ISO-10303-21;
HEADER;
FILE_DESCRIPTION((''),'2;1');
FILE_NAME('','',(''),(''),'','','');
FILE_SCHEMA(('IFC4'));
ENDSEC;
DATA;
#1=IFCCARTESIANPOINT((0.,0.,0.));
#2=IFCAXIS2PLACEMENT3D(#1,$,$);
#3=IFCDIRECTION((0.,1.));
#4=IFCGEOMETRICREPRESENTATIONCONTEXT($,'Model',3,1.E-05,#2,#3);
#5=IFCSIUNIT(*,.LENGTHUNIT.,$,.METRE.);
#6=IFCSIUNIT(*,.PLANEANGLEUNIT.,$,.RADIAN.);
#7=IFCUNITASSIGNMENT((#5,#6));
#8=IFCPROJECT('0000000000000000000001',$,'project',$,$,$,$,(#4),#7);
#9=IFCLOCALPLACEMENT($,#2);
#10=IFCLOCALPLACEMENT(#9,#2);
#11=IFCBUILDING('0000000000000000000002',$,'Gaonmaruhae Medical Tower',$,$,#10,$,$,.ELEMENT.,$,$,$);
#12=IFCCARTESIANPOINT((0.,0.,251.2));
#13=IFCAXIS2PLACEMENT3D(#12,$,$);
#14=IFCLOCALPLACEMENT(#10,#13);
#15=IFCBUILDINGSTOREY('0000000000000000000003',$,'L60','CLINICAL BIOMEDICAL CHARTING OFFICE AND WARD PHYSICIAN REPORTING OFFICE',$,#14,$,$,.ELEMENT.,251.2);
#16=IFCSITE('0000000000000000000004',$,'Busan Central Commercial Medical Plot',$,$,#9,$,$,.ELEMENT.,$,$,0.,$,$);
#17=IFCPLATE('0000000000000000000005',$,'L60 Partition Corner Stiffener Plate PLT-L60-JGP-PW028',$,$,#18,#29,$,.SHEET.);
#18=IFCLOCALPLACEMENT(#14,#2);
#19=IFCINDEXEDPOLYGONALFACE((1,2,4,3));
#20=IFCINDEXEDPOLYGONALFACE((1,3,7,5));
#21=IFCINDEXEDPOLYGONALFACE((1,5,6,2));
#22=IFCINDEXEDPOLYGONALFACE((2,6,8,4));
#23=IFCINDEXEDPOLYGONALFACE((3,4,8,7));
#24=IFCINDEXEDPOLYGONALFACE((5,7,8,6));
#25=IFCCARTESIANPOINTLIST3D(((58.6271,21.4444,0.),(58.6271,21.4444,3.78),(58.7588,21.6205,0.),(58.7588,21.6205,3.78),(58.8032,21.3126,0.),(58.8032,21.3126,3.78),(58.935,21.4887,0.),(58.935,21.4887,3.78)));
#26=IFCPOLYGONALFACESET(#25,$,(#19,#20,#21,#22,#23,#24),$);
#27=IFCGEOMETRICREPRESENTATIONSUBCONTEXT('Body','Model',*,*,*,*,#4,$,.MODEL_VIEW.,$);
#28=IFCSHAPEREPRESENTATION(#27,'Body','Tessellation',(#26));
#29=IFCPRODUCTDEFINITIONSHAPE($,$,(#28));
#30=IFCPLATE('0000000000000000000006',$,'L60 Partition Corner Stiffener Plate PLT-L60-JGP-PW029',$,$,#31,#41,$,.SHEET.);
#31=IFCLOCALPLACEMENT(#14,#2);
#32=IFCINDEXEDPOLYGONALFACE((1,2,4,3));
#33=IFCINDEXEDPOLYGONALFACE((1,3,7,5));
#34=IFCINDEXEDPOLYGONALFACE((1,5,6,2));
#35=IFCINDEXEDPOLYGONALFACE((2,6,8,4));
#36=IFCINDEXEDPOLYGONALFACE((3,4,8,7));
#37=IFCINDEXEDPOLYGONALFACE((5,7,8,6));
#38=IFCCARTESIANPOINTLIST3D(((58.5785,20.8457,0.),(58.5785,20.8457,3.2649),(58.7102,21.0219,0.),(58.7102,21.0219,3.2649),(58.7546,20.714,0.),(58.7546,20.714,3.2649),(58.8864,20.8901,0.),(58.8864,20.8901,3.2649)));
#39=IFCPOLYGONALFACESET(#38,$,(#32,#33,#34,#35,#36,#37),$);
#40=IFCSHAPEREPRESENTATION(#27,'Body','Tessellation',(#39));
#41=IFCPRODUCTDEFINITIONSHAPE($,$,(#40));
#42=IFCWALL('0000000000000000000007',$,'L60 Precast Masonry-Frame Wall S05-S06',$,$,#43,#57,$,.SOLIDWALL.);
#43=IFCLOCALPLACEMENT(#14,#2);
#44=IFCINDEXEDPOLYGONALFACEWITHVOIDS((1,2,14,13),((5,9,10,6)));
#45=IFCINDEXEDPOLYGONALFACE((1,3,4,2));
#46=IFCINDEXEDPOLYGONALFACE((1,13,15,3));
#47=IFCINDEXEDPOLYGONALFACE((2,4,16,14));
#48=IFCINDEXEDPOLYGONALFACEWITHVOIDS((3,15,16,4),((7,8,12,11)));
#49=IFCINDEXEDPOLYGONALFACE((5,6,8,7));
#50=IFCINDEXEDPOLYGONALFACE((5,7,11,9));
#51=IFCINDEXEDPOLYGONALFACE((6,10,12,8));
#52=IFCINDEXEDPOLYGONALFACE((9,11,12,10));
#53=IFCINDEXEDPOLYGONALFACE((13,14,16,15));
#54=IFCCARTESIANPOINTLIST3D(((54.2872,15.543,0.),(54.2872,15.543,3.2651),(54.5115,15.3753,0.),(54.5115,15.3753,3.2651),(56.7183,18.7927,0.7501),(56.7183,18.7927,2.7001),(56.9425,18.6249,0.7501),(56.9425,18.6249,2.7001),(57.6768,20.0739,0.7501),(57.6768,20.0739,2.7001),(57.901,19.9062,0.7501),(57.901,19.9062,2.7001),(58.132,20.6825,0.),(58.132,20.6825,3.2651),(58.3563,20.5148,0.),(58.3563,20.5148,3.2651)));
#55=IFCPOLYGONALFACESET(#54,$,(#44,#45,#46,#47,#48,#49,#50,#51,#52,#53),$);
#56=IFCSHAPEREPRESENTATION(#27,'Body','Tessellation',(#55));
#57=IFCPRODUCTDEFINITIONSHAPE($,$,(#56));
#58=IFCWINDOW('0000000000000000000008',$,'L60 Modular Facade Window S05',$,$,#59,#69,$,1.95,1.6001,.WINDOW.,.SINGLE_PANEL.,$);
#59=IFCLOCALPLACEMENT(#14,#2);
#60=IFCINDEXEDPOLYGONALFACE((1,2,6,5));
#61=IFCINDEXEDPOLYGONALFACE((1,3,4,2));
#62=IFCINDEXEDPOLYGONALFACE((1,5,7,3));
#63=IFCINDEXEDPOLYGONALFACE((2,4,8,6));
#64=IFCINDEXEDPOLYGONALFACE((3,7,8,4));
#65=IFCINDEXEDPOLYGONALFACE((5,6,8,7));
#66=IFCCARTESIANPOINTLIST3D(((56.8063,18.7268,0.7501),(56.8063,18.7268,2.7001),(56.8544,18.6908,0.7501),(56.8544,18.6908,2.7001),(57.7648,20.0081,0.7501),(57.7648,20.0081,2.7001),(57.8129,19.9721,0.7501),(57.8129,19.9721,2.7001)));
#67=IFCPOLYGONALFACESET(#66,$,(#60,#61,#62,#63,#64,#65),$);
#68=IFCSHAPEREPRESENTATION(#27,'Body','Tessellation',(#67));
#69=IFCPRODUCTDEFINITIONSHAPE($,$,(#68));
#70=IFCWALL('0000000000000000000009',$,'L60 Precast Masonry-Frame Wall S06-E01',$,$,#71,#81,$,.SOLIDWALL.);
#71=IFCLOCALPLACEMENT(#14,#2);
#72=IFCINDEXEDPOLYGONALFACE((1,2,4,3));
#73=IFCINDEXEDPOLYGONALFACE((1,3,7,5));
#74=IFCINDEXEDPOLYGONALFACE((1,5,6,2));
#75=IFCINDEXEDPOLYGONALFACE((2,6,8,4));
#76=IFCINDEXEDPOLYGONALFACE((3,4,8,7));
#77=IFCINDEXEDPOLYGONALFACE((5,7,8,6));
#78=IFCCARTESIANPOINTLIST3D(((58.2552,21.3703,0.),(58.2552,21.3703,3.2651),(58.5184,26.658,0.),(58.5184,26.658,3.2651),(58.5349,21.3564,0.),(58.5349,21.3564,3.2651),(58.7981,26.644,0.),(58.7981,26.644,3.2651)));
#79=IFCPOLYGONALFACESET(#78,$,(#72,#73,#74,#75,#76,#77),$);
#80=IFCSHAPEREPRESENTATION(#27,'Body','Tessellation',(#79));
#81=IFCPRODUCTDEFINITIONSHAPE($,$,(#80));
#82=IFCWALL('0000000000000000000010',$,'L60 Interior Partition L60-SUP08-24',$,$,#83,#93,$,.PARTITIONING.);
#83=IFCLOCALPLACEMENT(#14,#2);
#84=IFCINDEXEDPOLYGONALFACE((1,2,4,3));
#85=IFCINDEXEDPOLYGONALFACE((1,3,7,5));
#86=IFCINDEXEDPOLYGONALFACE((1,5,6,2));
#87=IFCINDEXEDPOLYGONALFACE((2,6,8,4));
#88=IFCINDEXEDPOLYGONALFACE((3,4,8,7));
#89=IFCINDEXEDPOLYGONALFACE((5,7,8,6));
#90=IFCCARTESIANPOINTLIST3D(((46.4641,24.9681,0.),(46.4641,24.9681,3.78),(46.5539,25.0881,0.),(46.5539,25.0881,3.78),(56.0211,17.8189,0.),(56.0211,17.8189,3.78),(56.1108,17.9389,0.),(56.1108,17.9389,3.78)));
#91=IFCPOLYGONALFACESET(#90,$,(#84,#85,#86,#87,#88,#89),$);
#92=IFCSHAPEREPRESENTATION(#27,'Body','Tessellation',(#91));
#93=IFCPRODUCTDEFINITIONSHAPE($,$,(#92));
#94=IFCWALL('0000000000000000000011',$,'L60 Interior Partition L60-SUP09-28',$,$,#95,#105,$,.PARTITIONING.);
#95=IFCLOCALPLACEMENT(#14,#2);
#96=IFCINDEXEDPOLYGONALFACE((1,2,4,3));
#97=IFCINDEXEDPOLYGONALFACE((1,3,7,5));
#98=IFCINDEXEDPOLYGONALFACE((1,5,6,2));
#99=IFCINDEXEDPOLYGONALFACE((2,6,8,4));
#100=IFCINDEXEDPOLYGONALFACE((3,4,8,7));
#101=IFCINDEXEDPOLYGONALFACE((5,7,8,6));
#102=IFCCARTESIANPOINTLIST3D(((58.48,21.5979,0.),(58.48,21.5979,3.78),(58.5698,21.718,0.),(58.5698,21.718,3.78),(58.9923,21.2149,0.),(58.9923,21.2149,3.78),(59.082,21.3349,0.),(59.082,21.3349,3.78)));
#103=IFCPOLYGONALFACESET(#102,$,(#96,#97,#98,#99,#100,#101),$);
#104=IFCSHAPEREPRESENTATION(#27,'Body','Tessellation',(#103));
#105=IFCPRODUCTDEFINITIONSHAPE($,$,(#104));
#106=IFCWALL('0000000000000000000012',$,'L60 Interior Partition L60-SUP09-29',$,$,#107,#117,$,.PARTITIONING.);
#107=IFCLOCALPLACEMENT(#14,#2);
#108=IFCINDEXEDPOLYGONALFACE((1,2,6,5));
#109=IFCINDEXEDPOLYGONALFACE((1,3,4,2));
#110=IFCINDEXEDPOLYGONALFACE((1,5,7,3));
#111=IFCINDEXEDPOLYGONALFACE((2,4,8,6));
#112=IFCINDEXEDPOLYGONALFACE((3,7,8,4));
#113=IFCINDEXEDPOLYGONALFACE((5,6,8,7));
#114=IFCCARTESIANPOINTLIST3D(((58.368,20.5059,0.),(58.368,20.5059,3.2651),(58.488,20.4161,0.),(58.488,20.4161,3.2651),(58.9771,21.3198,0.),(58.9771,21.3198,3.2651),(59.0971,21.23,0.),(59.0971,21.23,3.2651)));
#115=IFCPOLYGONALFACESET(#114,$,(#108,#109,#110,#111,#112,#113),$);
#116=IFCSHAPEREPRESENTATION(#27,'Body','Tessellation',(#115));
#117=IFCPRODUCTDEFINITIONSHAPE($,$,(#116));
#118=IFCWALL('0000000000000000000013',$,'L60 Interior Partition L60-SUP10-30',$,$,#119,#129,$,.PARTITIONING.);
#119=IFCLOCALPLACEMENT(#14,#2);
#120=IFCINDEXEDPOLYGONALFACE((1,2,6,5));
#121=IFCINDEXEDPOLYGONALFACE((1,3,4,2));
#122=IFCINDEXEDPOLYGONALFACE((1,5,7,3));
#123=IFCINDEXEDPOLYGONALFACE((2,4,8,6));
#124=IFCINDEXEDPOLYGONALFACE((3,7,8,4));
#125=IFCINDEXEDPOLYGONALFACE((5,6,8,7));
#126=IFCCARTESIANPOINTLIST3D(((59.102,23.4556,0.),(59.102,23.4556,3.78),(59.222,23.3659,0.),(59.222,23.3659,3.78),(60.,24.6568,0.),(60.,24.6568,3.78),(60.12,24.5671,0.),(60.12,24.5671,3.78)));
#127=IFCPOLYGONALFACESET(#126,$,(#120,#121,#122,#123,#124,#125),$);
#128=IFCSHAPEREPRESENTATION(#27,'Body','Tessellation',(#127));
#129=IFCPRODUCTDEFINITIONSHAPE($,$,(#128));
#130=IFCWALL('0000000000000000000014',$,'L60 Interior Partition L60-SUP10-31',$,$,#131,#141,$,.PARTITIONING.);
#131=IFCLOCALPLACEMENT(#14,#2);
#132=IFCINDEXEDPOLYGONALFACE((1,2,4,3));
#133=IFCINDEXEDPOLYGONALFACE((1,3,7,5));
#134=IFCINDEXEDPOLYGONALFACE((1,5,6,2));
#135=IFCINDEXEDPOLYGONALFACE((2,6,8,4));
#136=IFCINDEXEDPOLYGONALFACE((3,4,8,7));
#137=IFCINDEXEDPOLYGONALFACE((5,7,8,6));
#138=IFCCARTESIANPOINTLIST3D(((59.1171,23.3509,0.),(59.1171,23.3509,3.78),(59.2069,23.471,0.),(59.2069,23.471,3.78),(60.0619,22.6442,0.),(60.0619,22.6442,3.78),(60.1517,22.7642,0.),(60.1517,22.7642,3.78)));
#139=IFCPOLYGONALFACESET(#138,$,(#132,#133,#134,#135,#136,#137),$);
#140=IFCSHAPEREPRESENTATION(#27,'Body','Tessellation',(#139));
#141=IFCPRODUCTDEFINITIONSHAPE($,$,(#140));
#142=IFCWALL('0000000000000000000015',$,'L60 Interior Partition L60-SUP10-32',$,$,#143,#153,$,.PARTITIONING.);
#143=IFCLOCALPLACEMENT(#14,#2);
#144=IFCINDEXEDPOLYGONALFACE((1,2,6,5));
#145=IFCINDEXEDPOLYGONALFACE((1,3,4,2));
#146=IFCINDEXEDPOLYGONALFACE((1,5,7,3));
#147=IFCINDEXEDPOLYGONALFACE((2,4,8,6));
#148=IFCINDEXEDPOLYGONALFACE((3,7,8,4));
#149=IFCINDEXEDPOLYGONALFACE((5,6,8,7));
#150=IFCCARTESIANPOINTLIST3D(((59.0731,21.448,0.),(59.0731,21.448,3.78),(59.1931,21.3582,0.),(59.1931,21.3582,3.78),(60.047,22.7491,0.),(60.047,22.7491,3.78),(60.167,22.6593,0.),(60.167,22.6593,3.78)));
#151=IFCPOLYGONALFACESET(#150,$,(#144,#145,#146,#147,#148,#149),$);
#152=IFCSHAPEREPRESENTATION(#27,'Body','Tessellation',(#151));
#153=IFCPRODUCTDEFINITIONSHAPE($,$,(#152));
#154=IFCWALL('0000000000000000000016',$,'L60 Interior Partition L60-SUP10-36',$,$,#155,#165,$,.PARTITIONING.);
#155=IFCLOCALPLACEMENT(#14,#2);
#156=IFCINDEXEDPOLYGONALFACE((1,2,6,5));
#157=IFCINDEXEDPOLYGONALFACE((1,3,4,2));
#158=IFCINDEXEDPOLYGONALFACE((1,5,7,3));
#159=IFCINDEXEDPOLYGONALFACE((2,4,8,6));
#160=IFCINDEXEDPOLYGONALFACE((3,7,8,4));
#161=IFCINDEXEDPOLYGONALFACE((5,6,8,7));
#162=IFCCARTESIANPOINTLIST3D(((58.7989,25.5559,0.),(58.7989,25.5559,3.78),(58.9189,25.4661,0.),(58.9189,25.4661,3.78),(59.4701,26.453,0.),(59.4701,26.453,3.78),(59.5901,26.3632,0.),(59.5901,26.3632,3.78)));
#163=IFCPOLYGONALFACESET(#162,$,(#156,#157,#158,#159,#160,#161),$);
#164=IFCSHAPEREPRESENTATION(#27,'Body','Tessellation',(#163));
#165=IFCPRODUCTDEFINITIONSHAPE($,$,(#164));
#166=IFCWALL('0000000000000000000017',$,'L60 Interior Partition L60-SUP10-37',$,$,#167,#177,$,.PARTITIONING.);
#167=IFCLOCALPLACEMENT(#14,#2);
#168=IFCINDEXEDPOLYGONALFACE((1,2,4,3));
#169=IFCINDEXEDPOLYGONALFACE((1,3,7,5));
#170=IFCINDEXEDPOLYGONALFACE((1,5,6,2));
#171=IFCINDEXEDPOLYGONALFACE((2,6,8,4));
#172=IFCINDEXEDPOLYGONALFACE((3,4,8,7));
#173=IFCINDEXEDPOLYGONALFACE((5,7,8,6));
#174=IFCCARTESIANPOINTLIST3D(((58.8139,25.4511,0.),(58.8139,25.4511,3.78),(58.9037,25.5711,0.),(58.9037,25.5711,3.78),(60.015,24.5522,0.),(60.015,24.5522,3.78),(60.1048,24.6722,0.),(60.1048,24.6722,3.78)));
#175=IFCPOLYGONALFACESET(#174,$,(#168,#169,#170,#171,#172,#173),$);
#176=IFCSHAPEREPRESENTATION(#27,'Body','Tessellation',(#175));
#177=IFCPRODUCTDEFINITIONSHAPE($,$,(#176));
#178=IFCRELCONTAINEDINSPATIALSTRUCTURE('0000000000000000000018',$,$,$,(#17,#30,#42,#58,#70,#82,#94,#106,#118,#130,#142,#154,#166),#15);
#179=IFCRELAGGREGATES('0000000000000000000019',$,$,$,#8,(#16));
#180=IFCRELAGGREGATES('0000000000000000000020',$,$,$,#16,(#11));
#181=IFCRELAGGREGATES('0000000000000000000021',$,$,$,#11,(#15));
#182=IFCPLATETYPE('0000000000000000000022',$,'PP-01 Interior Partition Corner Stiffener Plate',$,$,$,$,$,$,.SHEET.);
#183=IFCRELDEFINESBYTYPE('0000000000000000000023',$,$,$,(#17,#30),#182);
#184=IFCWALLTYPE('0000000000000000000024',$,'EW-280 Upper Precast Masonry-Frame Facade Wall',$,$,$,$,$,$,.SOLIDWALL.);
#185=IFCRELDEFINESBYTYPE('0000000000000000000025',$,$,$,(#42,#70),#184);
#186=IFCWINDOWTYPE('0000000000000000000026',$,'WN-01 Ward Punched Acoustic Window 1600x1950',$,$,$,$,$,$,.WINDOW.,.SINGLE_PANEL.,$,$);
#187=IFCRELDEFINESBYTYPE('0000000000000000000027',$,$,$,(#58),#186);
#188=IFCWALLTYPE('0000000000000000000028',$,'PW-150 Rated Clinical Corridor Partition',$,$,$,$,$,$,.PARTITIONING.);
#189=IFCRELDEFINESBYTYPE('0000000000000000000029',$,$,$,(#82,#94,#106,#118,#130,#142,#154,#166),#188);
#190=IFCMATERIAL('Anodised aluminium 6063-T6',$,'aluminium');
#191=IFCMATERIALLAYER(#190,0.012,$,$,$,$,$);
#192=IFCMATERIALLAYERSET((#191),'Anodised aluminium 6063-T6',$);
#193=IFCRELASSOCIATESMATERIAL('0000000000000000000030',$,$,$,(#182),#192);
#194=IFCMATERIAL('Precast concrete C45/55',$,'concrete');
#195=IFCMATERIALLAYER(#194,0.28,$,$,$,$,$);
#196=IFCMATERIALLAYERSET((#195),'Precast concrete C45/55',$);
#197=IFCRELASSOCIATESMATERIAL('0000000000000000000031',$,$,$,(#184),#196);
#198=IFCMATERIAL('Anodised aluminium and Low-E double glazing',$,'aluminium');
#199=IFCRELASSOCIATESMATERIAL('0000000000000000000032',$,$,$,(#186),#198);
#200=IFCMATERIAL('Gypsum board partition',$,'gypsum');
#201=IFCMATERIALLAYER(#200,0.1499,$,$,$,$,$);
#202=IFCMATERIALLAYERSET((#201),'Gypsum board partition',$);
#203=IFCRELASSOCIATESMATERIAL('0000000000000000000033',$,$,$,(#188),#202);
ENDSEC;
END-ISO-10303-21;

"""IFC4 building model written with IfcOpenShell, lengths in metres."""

from ifc_helpers import new_model, si_unit, direction, frame, frame_2d, origin, origin_2d, place, context, subcontext, project, spatial, rectangle, extrude, material, layer, layer_set, type_object, element, fill, save


model = new_model("IFC4")

# Units and contexts
model_context = context("Model", 3, precision=1e-05, world=origin(), true_north=direction((0.0, 1.0)))
body_context = subcontext(model_context, "Body", "Model", "MODEL_VIEW")
ifc_project = project(units=[si_unit("LENGTHUNIT", "METRE"), si_unit("PLANEANGLEUNIT", "RADIAN")], contexts=[model_context])

# Site, building, storey
site_placement = place(None, origin())
site = spatial("IfcSite", under=ifc_project, at=site_placement, Name="Busan Central Commercial Medical Plot", CompositionType="ELEMENT", RefElevation=0.0)
building_placement = place(site_placement, origin())
building = spatial("IfcBuilding", under=site, at=building_placement, Name="Gaonmaruhae Medical Tower", CompositionType="ELEMENT")
storey_placement = place(building_placement, frame((0.0, 0.0, 251.2)))
storey = spatial("IfcBuildingStorey", under=building, at=storey_placement, Name="L60", Description="CLINICAL BIOMEDICAL CHARTING OFFICE AND WARD PHYSICIAN REPORTING OFFICE", CompositionType="ELEMENT", Elevation=251.2)

# Plates
ifc_material_1 = material(Name="Anodised aluminium 6063-T6", Category="aluminium")
ifc_layer_1 = layer(ifc_material_1, 0.012)
ifc_layer_set_1 = layer_set([ifc_layer_1], Name="Anodised aluminium 6063-T6")
plate_type_1 = type_object("IfcPlateType", Name="PP-01 Interior Partition Corner Stiffener Plate", PredefinedType="SHEET", material=ifc_layer_set_1)
plate_1_placement = place(storey_placement, frame((58.781, 21.4666, 0.0), z_axis=(0.0, 0.0, 1.0), x_axis=(0.800752, -0.598996, 0.0)))
element("IfcPlate", 1, at=plate_1_placement, inside=storey, type_object=plate_type_1, Name="L60 Partition Corner Stiffener Plate PLT-L60-JGP-PW028", PredefinedType="SHEET", context=body_context, shape_type="SweptSolid", body=[
    extrude(rectangle(XDim=0.22, YDim=0.22, at=origin_2d()), origin(), (0.0, 0.0, 1.0), 3.78),
])
plate_2_placement = place(storey_placement, frame((58.7324, 20.8679, 0.0), z_axis=(0.0, 0.0, 1.0), x_axis=(-0.599052, -0.80071, 0.0)))
element("IfcPlate", 2, at=plate_2_placement, inside=storey, type_object=plate_type_1, Name="L60 Partition Corner Stiffener Plate PLT-L60-JGP-PW029", PredefinedType="SHEET", context=body_context, shape_type="SweptSolid", body=[
    extrude(rectangle(XDim=0.22, YDim=0.22, at=origin_2d()), origin(), (0.0, 0.0, 1.0), 3.2649),
])

# Wall, opening, window
ifc_material_2 = material(Name="Precast concrete C45/55", Category="concrete")
ifc_layer_2 = layer(ifc_material_2, 0.28)
ifc_layer_set_2 = layer_set([ifc_layer_2], Name="Precast concrete C45/55")
wall_type_1 = type_object("IfcWallType", Name="EW-280 Upper Precast Masonry-Frame Facade Wall", PredefinedType="SOLIDWALL", material=ifc_layer_set_2)
wall_1_placement = place(storey_placement, frame((58.2441, 20.5986, 0.0), z_axis=(0.0, 0.0, 1.0), x_axis=(-0.59902, -0.800734, 0.0)))
wall_1 = element("IfcWall", 3, at=wall_1_placement, inside=storey, type_object=wall_type_1, Name="L60 Precast Masonry-Frame Wall S05-S06", PredefinedType="SOLIDWALL", context=body_context, shape_type="SweptSolid", body=[
    extrude(rectangle(XDim=6.4185, YDim=0.28, at=frame_2d((3.2092, 0.0))), origin(), (0.0, 0.0, 1.0), 3.2651),
])
opening_1_placement = place(wall_1_placement, frame((0.76, 0.0, 0.75)))
opening_1 = element("IfcOpeningElement", 4, at=opening_1_placement, cuts=wall_1, PredefinedType="OPENING", context=body_context, shape_type="SweptSolid", body=[
    extrude(rectangle(XDim=1.6001, YDim=1.95, at=frame_2d((0.8, 0.9751))), frame((0.0, 0.1499, 0.0), z_axis=(0.0, -1.0, 0.0), x_axis=(1.0, 0.0, 0.0)), (0.0, 0.0, 1.0), 0.3),
])
ifc_material_3 = material(Name="Anodised aluminium and Low-E double glazing", Category="aluminium")
window_type = type_object("IfcWindowType", Name="WN-01 Ward Punched Acoustic Window 1600x1950", PartitioningType="SINGLE_PANEL", PredefinedType="WINDOW", material=ifc_material_3)
window_placement = place(opening_1_placement, origin())
window = element("IfcWindow", 5, at=window_placement, inside=storey, type_object=window_type, Name="L60 Modular Facade Window S05", OverallHeight=1.95, OverallWidth=1.6001, PartitioningType="SINGLE_PANEL", PredefinedType="WINDOW", context=body_context, shape_type="SweptSolid", body=[
    extrude(rectangle(XDim=1.6001, YDim=1.95, at=frame_2d((0.8, 0.9751))), frame((0.0, 0.03, 0.0), z_axis=(0.0, -1.0, 0.0), x_axis=(1.0, 0.0, 0.0)), (0.0, 0.0, 1.0), 0.0601),
])
fill(opening_1, window)

# Walls
wall_2_placement = place(storey_placement, frame((58.6582, 26.6509, 0.0), z_axis=(0.0, 0.0, 1.0), x_axis=(-0.049712, -0.998764, 0.0)))
element("IfcWall", 6, at=wall_2_placement, inside=storey, type_object=wall_type_1, Name="L60 Precast Masonry-Frame Wall S06-E01", PredefinedType="SOLIDWALL", context=body_context, shape_type="SweptSolid", body=[
    extrude(rectangle(XDim=5.2942, YDim=0.28, at=frame_2d((2.647, 0.0))), origin(), (0.0, 0.0, 1.0), 3.2651),
])
ifc_material_4 = material(Name="Gypsum board partition", Category="gypsum")
ifc_layer_3 = layer(ifc_material_4, 0.1499)
ifc_layer_set_3 = layer_set([ifc_layer_3], Name="Gypsum board partition")
wall_type_2 = type_object("IfcWallType", Name="PW-150 Rated Clinical Corridor Partition", PredefinedType="PARTITIONING", material=ifc_layer_set_3)
wall_3_placement = place(storey_placement, frame((46.509, 25.0281, 0.0), z_axis=(0.0, 0.0, 1.0), x_axis=(0.800743, -0.599008, 0.0)))
element("IfcWall", 7, at=wall_3_placement, inside=storey, type_object=wall_type_2, Name="L60 Interior Partition L60-SUP08-24", PredefinedType="PARTITIONING", context=body_context, shape_type="SweptSolid", body=[
    extrude(rectangle(XDim=11.9351, YDim=0.1499, at=frame_2d((5.9675, 0.0))), origin(), (0.0, 0.0, 1.0), 3.78),
])

# Walls
wall_4_placement = place(storey_placement, frame((58.5249, 21.658, 0.0), z_axis=(0.0, 0.0, 1.0), x_axis=(0.800824, -0.5989, 0.0)))
element("IfcWall", 8, at=wall_4_placement, inside=storey, type_object=wall_type_2, Name="L60 Interior Partition L60-SUP09-28", PredefinedType="PARTITIONING", context=body_context, shape_type="SweptSolid", body=[
    extrude(rectangle(XDim=0.6396, YDim=0.1499, at=frame_2d((0.3198, 0.0))), origin(), (0.0, 0.0, 1.0), 3.78),
])
wall_5_placement = place(storey_placement, frame((59.0371, 21.2749, 0.0), z_axis=(0.0, 0.0, 1.0), x_axis=(-0.599154, -0.800634, 0.0)))
element("IfcWall", 9, at=wall_5_placement, inside=storey, type_object=wall_type_2, Name="L60 Interior Partition L60-SUP09-29", PredefinedType="PARTITIONING", context=body_context, shape_type="SweptSolid", body=[
    extrude(rectangle(XDim=1.0166, YDim=0.1499, at=frame_2d((0.5083, 0.0))), origin(), (0.0, 0.0, 1.0), 3.2651),
])
wall_6_placement = place(storey_placement, frame((60.0601, 24.6121, 0.0), z_axis=(0.0, 0.0, 1.0), x_axis=(-0.598749, -0.800937, 0.0)))
element("IfcWall", 10, at=wall_6_placement, inside=storey, type_object=wall_type_2, Name="L60 Interior Partition L60-SUP10-30", PredefinedType="PARTITIONING", context=body_context, shape_type="SweptSolid", body=[
    extrude(rectangle(XDim=1.4998, YDim=0.1499, at=frame_2d((0.75, 0.0))), origin(), (0.0, 0.0, 1.0), 3.78),
])
wall_7_placement = place(storey_placement, frame((59.1621, 23.4109, 0.0), z_axis=(0.0, 0.0, 1.0), x_axis=(0.800744, -0.599006, 0.0)))
element("IfcWall", 11, at=wall_7_placement, inside=storey, type_object=wall_type_2, Name="L60 Interior Partition L60-SUP10-31", PredefinedType="PARTITIONING", context=body_context, shape_type="SweptSolid", body=[
    extrude(rectangle(XDim=1.1799, YDim=0.1499, at=frame_2d((0.5898, 0.0))), origin(), (0.0, 0.0, 1.0), 3.78),
])
wall_8_placement = place(storey_placement, frame((60.1069, 22.7041, 0.0), z_axis=(0.0, 0.0, 1.0), x_axis=(-0.599255, -0.800558, 0.0)))
element("IfcWall", 12, at=wall_8_placement, inside=storey, type_object=wall_type_2, Name="L60 Interior Partition L60-SUP10-32", PredefinedType="PARTITIONING", context=body_context, shape_type="SweptSolid", body=[
    extrude(rectangle(XDim=1.6252, YDim=0.1499, at=frame_2d((0.8125, 0.0))), origin(), (0.0, 0.0, 1.0), 3.78),
])
wall_9_placement = place(storey_placement, frame((59.53, 26.408, 0.0), z_axis=(0.0, 0.0, 1.0), x_axis=(-0.599093, -0.800679, 0.0)))
element("IfcWall", 13, at=wall_9_placement, inside=storey, type_object=wall_type_2, Name="L60 Interior Partition L60-SUP10-36", PredefinedType="PARTITIONING", context=body_context, shape_type="SweptSolid", body=[
    extrude(rectangle(XDim=1.1204, YDim=0.1499, at=frame_2d((0.5601, 0.0))), origin(), (0.0, 0.0, 1.0), 3.78),
])
wall_10_placement = place(storey_placement, frame((58.8589, 25.511, 0.0), z_axis=(0.0, 0.0, 1.0), x_axis=(0.800624, -0.599167, 0.0)))
element("IfcWall", 14, at=wall_10_placement, inside=storey, type_object=wall_type_2, Name="L60 Interior Partition L60-SUP10-37", PredefinedType="PARTITIONING", context=body_context, shape_type="SweptSolid", body=[
    extrude(rectangle(XDim=1.5002, YDim=0.1499, at=frame_2d((0.75, 0.0))), origin(), (0.0, 0.0, 1.0), 3.78),
])

save(model, "model.ifc")
